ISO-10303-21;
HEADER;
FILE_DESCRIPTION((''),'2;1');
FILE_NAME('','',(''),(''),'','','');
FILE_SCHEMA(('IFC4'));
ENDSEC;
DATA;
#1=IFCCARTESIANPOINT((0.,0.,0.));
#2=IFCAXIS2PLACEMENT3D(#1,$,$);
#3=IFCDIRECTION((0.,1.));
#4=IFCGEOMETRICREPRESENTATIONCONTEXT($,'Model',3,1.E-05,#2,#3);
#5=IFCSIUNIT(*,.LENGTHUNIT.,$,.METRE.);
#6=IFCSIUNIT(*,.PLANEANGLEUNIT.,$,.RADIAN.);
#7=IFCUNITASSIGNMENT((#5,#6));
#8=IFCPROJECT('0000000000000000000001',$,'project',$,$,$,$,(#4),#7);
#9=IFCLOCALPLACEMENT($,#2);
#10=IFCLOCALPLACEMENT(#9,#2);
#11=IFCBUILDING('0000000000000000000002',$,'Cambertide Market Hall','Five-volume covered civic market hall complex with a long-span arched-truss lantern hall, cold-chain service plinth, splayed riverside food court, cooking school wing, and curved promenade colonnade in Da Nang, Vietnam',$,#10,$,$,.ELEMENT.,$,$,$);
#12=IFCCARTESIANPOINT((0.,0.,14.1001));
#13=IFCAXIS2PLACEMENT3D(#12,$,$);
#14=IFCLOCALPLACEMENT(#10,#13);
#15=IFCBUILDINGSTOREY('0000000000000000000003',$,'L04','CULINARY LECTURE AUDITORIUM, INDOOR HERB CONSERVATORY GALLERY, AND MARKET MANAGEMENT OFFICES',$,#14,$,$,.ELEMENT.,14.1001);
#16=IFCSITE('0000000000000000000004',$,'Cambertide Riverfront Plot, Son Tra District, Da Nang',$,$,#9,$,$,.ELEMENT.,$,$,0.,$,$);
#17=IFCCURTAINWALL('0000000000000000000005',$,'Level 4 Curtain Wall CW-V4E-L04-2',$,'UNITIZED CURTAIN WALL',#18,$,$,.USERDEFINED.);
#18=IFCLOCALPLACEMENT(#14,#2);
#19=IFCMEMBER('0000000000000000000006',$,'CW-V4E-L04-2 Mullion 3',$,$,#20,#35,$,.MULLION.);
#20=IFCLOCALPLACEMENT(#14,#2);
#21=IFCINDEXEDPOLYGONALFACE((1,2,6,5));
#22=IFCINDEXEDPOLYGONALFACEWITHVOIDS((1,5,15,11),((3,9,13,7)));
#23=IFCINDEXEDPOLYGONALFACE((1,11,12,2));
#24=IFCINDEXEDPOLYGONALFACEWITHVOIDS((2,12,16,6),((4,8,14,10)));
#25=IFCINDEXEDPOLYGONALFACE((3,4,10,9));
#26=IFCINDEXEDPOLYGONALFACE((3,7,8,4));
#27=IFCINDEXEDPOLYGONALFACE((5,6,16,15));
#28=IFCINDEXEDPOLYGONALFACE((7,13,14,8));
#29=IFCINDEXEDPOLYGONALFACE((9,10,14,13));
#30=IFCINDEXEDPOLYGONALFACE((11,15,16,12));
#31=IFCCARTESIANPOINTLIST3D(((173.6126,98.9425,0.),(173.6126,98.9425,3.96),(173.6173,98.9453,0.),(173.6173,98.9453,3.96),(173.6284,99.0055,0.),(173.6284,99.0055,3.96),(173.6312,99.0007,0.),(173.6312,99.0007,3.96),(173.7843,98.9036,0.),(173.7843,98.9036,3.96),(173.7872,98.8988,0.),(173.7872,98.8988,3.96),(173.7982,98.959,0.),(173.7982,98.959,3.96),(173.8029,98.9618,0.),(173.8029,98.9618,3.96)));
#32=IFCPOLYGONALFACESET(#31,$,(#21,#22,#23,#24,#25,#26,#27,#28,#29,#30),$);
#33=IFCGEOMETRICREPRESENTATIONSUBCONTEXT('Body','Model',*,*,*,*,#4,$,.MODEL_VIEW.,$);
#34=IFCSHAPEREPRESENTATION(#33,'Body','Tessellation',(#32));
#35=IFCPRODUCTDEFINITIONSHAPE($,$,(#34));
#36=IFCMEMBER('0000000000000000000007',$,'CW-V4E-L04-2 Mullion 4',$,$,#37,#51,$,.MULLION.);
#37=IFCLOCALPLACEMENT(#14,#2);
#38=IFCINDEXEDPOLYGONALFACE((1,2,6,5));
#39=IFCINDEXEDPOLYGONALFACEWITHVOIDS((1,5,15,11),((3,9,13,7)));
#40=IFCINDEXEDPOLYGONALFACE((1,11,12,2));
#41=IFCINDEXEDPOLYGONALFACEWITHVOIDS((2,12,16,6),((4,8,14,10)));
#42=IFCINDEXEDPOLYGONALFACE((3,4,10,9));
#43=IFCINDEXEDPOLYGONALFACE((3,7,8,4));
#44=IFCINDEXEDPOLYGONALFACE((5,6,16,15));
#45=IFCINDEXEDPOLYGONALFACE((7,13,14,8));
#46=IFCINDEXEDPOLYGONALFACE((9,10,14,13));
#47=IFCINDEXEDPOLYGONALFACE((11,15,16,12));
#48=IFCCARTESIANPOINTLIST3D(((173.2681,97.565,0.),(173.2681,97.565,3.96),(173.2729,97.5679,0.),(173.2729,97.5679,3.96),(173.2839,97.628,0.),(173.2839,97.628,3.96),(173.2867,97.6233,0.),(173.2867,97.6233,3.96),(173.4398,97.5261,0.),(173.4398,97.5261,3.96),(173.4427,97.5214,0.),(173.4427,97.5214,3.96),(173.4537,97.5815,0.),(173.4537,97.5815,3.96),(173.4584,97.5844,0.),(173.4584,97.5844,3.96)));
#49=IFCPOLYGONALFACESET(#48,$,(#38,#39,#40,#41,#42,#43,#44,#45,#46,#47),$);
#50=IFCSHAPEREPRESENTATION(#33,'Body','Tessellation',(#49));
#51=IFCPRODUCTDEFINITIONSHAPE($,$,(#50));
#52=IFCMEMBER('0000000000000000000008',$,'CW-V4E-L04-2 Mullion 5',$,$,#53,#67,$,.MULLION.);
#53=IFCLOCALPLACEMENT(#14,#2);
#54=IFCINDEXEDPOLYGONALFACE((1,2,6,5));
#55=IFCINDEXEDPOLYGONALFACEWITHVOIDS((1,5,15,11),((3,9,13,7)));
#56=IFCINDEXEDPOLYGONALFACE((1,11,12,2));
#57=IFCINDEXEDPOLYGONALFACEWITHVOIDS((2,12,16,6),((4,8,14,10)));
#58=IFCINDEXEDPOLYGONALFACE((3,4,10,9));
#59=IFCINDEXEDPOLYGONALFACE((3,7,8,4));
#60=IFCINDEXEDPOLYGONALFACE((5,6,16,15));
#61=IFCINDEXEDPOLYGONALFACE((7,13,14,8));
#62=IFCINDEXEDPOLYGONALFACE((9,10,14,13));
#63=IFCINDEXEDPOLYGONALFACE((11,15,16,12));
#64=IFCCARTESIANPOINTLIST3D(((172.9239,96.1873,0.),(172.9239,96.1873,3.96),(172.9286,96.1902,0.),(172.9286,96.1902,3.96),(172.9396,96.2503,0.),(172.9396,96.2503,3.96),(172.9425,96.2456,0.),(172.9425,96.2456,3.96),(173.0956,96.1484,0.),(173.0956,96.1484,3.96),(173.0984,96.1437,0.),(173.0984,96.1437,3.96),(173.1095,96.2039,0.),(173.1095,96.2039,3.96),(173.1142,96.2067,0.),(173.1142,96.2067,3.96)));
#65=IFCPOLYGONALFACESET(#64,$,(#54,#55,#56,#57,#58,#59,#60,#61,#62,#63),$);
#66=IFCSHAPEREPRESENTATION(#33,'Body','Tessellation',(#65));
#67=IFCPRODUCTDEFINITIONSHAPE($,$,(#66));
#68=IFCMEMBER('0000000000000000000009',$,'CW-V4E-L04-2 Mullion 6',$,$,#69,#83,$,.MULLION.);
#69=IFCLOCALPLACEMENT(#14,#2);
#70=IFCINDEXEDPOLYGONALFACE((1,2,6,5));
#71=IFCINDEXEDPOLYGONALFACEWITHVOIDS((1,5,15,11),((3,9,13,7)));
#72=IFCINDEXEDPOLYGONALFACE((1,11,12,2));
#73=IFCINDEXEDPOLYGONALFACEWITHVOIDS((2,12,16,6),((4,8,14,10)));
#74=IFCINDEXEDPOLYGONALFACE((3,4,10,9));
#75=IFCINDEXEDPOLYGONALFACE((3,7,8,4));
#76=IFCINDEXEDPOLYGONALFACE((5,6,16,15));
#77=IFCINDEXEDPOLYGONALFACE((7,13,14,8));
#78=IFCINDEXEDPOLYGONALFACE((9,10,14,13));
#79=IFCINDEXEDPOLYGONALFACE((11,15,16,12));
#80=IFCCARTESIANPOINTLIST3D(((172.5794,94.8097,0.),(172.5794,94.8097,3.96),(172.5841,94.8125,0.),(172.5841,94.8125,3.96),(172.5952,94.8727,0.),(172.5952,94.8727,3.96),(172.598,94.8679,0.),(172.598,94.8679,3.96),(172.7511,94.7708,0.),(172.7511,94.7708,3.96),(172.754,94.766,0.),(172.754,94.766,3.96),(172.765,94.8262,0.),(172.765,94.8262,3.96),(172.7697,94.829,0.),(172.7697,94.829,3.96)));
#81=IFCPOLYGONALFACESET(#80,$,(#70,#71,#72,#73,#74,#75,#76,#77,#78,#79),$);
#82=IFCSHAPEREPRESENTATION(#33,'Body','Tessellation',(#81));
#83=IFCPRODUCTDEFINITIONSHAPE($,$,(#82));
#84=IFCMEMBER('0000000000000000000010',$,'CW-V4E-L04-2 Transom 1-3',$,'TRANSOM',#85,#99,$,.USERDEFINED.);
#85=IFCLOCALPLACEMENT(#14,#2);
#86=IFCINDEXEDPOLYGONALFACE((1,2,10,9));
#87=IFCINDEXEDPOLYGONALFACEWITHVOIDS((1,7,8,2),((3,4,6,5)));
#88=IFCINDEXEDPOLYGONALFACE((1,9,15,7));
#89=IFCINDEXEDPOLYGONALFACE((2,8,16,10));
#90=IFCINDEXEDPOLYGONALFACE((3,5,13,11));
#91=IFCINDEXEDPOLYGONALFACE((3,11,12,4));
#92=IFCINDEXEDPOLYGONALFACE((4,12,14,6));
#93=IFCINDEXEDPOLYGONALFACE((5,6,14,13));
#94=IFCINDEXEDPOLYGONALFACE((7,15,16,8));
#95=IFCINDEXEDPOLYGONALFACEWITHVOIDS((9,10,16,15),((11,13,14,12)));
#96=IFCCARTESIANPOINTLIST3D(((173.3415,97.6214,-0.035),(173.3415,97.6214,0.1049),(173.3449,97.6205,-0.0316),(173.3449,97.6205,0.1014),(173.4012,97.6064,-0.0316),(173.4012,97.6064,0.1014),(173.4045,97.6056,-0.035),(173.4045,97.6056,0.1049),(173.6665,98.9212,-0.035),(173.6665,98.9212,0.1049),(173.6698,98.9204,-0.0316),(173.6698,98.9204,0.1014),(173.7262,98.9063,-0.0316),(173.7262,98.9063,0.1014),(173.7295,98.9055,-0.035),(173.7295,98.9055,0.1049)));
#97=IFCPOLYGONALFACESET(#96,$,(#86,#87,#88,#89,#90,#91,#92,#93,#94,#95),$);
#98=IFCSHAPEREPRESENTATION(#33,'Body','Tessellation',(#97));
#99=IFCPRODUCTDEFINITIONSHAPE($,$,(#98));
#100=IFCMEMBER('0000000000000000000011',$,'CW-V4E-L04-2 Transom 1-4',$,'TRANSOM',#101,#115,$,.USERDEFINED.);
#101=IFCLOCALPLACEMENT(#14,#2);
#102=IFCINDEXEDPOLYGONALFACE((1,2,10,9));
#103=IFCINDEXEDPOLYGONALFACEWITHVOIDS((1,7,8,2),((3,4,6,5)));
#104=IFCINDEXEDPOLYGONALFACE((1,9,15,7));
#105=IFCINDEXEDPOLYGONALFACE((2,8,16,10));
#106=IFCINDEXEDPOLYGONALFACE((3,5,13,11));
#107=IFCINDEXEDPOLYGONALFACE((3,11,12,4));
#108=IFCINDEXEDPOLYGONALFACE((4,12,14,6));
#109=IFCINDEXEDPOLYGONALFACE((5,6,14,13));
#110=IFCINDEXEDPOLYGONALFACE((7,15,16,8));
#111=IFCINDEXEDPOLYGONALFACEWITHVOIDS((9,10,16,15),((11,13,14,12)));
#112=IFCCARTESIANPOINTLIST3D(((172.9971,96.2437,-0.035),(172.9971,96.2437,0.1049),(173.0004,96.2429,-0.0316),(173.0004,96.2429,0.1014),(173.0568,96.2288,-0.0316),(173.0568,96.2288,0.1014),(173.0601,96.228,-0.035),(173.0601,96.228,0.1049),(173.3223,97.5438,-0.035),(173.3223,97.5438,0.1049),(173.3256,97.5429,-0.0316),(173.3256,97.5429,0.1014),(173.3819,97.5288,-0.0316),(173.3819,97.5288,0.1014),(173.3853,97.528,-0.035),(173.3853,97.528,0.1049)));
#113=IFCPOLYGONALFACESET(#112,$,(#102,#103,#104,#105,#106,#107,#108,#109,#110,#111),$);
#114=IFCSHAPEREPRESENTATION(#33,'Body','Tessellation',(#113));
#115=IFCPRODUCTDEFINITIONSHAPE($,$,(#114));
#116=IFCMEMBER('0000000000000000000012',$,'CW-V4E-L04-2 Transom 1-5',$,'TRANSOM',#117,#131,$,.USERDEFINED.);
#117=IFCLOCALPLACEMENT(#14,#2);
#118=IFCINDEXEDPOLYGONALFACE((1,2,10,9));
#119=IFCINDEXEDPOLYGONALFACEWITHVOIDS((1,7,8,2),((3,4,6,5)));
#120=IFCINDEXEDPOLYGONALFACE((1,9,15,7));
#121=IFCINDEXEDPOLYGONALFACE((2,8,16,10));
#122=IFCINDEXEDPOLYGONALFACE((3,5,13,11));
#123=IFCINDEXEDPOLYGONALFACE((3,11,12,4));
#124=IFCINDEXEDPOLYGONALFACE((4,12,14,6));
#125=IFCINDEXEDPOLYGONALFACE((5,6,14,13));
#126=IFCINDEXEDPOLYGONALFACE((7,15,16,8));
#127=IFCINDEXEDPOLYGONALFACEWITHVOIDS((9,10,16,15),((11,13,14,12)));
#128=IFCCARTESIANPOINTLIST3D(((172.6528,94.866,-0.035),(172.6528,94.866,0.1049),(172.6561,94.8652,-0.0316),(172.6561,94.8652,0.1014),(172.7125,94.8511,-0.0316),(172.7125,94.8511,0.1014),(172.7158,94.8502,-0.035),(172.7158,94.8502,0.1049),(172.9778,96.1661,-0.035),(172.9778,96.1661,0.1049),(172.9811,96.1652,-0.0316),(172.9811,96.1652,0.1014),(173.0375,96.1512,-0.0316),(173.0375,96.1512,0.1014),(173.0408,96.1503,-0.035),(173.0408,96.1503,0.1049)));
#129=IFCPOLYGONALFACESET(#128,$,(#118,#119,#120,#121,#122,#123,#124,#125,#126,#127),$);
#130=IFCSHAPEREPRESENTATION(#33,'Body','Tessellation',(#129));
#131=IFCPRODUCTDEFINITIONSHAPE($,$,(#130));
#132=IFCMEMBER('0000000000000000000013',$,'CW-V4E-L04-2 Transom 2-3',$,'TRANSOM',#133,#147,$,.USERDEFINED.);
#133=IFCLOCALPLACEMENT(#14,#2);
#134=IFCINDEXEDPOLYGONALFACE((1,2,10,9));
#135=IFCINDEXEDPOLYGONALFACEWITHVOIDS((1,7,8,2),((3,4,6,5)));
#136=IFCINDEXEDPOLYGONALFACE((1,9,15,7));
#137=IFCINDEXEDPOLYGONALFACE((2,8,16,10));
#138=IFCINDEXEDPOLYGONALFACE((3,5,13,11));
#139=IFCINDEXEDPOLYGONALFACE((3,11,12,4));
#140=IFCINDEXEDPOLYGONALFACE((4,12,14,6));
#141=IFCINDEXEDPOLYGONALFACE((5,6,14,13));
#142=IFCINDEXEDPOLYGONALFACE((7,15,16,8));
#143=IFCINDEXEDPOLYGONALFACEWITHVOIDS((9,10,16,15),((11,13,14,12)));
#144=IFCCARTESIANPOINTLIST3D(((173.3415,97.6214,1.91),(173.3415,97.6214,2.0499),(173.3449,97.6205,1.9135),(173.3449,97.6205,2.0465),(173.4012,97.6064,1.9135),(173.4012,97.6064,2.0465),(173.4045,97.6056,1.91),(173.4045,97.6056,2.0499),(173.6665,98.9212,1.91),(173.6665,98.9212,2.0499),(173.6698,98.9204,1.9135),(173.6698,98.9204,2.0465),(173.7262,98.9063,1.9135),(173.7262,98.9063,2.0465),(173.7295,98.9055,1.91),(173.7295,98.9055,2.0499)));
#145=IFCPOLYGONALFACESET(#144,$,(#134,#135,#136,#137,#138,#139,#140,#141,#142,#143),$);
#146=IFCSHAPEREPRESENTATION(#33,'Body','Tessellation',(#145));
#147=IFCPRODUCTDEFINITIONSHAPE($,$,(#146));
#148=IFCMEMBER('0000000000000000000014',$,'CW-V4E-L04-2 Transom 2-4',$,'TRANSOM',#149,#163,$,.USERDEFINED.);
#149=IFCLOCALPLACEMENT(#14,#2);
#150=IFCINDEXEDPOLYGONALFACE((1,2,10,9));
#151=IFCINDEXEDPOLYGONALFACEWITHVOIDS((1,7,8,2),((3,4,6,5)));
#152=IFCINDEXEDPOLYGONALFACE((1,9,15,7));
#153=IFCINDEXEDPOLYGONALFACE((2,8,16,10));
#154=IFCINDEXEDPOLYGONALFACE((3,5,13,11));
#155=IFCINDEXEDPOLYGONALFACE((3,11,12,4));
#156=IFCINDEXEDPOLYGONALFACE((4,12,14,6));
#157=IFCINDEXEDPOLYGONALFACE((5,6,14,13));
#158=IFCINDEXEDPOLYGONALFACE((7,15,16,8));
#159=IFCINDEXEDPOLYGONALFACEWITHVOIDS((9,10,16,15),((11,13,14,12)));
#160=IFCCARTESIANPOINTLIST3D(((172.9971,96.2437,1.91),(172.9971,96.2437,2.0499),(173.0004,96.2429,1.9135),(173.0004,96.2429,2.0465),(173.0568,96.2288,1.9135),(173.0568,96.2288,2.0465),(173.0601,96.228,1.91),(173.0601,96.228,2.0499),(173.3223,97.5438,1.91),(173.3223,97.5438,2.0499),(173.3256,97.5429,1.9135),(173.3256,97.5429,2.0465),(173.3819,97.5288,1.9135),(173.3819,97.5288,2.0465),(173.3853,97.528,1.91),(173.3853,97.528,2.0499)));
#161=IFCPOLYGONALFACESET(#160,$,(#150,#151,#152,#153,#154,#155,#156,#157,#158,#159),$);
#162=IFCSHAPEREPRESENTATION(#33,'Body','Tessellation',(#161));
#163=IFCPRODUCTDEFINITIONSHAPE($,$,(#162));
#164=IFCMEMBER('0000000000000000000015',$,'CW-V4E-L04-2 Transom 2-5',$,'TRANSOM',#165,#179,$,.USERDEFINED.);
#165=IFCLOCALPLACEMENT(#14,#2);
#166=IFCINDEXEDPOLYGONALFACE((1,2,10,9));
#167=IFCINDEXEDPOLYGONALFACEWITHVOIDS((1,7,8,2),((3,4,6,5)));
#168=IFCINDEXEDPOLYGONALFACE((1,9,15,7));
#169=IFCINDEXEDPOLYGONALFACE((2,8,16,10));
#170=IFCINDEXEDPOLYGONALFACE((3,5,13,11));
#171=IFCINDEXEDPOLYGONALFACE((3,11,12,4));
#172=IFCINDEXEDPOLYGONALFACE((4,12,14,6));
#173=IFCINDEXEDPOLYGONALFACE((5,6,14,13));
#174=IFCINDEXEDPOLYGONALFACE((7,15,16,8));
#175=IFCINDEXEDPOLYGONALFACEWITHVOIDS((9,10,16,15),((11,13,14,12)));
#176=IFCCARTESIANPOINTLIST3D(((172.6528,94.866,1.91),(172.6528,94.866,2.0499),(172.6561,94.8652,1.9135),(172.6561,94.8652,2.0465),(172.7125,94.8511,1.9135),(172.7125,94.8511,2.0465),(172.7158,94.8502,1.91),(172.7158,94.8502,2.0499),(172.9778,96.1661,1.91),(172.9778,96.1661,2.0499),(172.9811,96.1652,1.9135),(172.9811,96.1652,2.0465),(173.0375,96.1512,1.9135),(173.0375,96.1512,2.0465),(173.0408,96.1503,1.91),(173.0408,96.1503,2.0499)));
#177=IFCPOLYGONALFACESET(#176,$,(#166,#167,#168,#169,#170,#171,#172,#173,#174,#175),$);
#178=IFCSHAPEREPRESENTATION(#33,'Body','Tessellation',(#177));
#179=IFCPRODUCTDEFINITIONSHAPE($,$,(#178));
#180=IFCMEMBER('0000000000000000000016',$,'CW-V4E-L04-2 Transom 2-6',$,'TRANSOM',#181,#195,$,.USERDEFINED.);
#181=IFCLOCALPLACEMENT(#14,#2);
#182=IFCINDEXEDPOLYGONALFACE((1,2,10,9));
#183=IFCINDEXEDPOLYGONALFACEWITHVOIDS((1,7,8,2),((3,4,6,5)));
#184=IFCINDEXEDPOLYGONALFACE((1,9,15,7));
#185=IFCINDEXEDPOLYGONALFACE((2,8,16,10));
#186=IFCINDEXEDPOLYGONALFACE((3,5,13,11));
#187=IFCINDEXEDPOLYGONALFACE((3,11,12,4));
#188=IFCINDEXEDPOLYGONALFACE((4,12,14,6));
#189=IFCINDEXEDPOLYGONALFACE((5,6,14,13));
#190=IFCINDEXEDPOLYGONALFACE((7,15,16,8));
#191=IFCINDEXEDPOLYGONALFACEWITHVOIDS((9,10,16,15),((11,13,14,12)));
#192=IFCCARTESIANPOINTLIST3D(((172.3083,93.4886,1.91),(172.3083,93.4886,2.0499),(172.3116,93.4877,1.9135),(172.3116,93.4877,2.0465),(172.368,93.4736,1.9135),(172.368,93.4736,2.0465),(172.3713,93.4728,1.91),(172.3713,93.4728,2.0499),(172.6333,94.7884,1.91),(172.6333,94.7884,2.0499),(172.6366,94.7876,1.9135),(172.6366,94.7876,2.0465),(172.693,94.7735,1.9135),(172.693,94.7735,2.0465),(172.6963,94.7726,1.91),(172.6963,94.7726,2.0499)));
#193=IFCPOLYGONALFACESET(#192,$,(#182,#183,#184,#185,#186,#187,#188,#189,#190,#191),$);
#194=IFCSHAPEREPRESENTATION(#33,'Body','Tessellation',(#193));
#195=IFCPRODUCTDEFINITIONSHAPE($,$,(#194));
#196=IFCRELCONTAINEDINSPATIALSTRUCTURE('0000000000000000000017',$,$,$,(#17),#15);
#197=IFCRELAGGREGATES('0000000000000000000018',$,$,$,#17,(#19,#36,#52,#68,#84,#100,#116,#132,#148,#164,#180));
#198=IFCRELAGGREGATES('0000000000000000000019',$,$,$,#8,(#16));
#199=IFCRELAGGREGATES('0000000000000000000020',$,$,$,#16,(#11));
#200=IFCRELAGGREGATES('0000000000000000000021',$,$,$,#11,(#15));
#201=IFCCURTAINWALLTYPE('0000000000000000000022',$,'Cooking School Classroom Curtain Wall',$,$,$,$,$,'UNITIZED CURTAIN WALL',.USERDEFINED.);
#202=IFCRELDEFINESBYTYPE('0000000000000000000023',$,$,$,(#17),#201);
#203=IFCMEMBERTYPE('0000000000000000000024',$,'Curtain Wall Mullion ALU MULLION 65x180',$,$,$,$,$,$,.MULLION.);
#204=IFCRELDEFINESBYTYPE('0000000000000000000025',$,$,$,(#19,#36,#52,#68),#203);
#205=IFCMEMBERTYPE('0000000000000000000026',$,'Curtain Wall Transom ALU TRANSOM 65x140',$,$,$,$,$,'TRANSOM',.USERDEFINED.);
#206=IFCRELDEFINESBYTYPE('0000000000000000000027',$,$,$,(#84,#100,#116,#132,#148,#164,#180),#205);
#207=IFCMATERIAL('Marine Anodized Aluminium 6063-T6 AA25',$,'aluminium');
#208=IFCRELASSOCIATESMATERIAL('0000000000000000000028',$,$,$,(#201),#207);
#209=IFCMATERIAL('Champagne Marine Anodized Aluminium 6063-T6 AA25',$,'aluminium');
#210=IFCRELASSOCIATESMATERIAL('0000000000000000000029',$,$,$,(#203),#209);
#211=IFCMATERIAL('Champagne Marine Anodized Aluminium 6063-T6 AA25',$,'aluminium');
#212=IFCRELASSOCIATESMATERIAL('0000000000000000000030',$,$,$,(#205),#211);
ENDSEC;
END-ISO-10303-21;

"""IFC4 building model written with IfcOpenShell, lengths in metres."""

from ifc_helpers import new_model, si_unit, direction, frame, origin, origin_2d, place, context, subcontext, project, spatial, hollow_rectangle, extrude, material, material_profile, profile_set, type_object, element, aggregate, save


model = new_model("IFC4")

# Units and contexts
model_context = context("Model", 3, precision=1e-05, world=origin(), true_north=direction((0.0, 1.0)))
body_context = subcontext(model_context, "Body", "Model", "MODEL_VIEW")
ifc_project = project(units=[si_unit("LENGTHUNIT", "METRE"), si_unit("PLANEANGLEUNIT", "RADIAN")], contexts=[model_context])

# Site, building, storey
site_placement = place(None, origin())
site = spatial("IfcSite", under=ifc_project, at=site_placement, Name="Cambertide Riverfront Plot, Son Tra District, Da Nang", CompositionType="ELEMENT", RefElevation=0.0)
building_placement = place(site_placement, origin())
building = spatial("IfcBuilding", under=site, at=building_placement, Name="Cambertide Market Hall", Description="Five-volume covered civic market hall complex with a long-span arched-truss lantern hall, cold-chain service plinth, splayed riverside food court, cooking school wing, and curved promenade colonnade in Da Nang, Vietnam", CompositionType="ELEMENT")
storey_placement = place(building_placement, frame((0.0, 0.0, 14.1001)))
storey = spatial("IfcBuildingStorey", under=building, at=storey_placement, Name="L04", Description="CULINARY LECTURE AUDITORIUM, INDOOR HERB CONSERVATORY GALLERY, AND MARKET MANAGEMENT OFFICES", CompositionType="ELEMENT", Elevation=14.1001)

# Curtain wall, members
ifc_material_1 = material(Name="Marine Anodized Aluminium 6063-T6 AA25", Category="aluminium")
curtain_wall_type = type_object("IfcCurtainWallType", Name="Cooking School Classroom Curtain Wall", ElementType="UNITIZED CURTAIN WALL", PredefinedType="USERDEFINED", material=ifc_material_1)
curtain_wall_placement = place(storey_placement, origin())
curtain_wall = element("IfcCurtainWall", 1, at=curtain_wall_placement, inside=storey, type_object=curtain_wall_type, Name="Level 4 Curtain Wall CW-V4E-L04-2", ObjectType="UNITIZED CURTAIN WALL", PredefinedType="USERDEFINED")
ifc_material_2 = material(Name="Champagne Marine Anodized Aluminium 6063-T6 AA25", Category="aluminium")
ifc_material_profile_1 = material_profile(ifc_material_2, hollow_rectangle(XDim=0.0649, YDim=0.1799, WallThickness=0.0039, at=origin_2d()), Name="ALU MULLION 65x180")
ifc_profile_set_1 = profile_set([ifc_material_profile_1], Name="Champagne Marine Anodized Aluminium 6063-T6 AA25")
member_type_1 = type_object("IfcMemberType", Name="Curtain Wall Mullion ALU MULLION 65x180", PredefinedType="MULLION", material=ifc_profile_set_1)
member_1_placement = place(storey_placement, frame((173.7078, 98.9521, 0.0), z_axis=(0.0, 0.0, 1.0), x_axis=(-0.242536, -0.970142, 0.0)))
member_1 = element("IfcMember", 2, at=member_1_placement, type_object=member_type_1, Name="CW-V4E-L04-2 Mullion 3", PredefinedType="MULLION", context=body_context, shape_type="SweptSolid", body=[
    extrude(hollow_rectangle(XDim=0.0649, YDim=0.1799, WallThickness=0.0039, at=origin_2d()), origin(), (0.0, 0.0, 1.0), 3.96),
])
member_2_placement = place(storey_placement, frame((173.3633, 97.5747, 0.0), z_axis=(0.0, 0.0, 1.0), x_axis=(-0.242536, -0.970142, 0.0)))
member_2 = element("IfcMember", 3, at=member_2_placement, type_object=member_type_1, Name="CW-V4E-L04-2 Mullion 4", PredefinedType="MULLION", context=body_context, shape_type="SweptSolid", body=[
    extrude(hollow_rectangle(XDim=0.0649, YDim=0.1799, WallThickness=0.0039, at=origin_2d()), origin(), (0.0, 0.0, 1.0), 3.96),
])
member_3_placement = place(storey_placement, frame((173.019, 96.197, 0.0), z_axis=(0.0, 0.0, 1.0), x_axis=(-0.242536, -0.970142, 0.0)))
member_3 = element("IfcMember", 4, at=member_3_placement, type_object=member_type_1, Name="CW-V4E-L04-2 Mullion 5", PredefinedType="MULLION", context=body_context, shape_type="SweptSolid", body=[
    extrude(hollow_rectangle(XDim=0.0649, YDim=0.1799, WallThickness=0.0039, at=origin_2d()), origin(), (0.0, 0.0, 1.0), 3.96),
])
member_4_placement = place(storey_placement, frame((172.6746, 94.8193, 0.0), z_axis=(0.0, 0.0, 1.0), x_axis=(-0.242536, -0.970142, 0.0)))
member_4 = element("IfcMember", 5, at=member_4_placement, type_object=member_type_1, Name="CW-V4E-L04-2 Mullion 6", PredefinedType="MULLION", context=body_context, shape_type="SweptSolid", body=[
    extrude(hollow_rectangle(XDim=0.0649, YDim=0.1799, WallThickness=0.0039, at=origin_2d()), origin(), (0.0, 0.0, 1.0), 3.96),
])
ifc_material_3 = material(Name="Champagne Marine Anodized Aluminium 6063-T6 AA25", Category="aluminium")
ifc_material_profile_2 = material_profile(ifc_material_3, hollow_rectangle(XDim=0.0649, YDim=0.1399, WallThickness=0.0034, at=origin_2d()), Name="ALU TRANSOM 65x140")
ifc_profile_set_2 = profile_set([ifc_material_profile_2], Name="Champagne Marine Anodized Aluminium 6063-T6 AA25")
member_type_2 = type_object("IfcMemberType", Name="Curtain Wall Transom ALU TRANSOM 65x140", ElementType="TRANSOM", PredefinedType="USERDEFINED", material=ifc_profile_set_2)
member_5_placement = place(storey_placement, frame((173.698, 98.9133, 0.0349), z_axis=(-0.242536, -0.970143, 0.0), x_axis=(0.970143, -0.242536, 0.0)))
member_5 = element("IfcMember", 6, at=member_5_placement, type_object=member_type_2, Name="CW-V4E-L04-2 Transom 1-3", ObjectType="TRANSOM", PredefinedType="USERDEFINED", context=body_context, shape_type="SweptSolid", body=[
    extrude(hollow_rectangle(XDim=0.0649, YDim=0.1399, WallThickness=0.0034, at=origin_2d()), origin(), (0.0, 0.0, 1.0), 1.3398),
])
member_6_placement = place(storey_placement, frame((173.3538, 97.5359, 0.0349), z_axis=(-0.242664, -0.97011, 0.0), x_axis=(0.97011, -0.242664, 0.0)))
member_6 = element("IfcMember", 7, at=member_6_placement, type_object=member_type_2, Name="CW-V4E-L04-2 Transom 1-4", ObjectType="TRANSOM", PredefinedType="USERDEFINED", context=body_context, shape_type="SweptSolid", body=[
    extrude(hollow_rectangle(XDim=0.0649, YDim=0.1399, WallThickness=0.0034, at=origin_2d()), origin(), (0.0, 0.0, 1.0), 1.3401),
])
member_7_placement = place(storey_placement, frame((173.0093, 96.1582, 0.0349), z_axis=(-0.242493, -0.970153, 0.0), x_axis=(0.970153, -0.242493, 0.0)))
member_7 = element("IfcMember", 8, at=member_7_placement, type_object=member_type_2, Name="CW-V4E-L04-2 Transom 1-5", ObjectType="TRANSOM", PredefinedType="USERDEFINED", context=body_context, shape_type="SweptSolid", body=[
    extrude(hollow_rectangle(XDim=0.0649, YDim=0.1399, WallThickness=0.0034, at=origin_2d()), origin(), (0.0, 0.0, 1.0), 1.3401),
])
member_8_placement = place(storey_placement, frame((173.698, 98.9133, 1.98), z_axis=(-0.242536, -0.970143, 0.0), x_axis=(0.970143, -0.242536, 0.0)))
member_8 = element("IfcMember", 9, at=member_8_placement, type_object=member_type_2, Name="CW-V4E-L04-2 Transom 2-3", ObjectType="TRANSOM", PredefinedType="USERDEFINED", context=body_context, shape_type="SweptSolid", body=[
    extrude(hollow_rectangle(XDim=0.0649, YDim=0.1399, WallThickness=0.0034, at=origin_2d()), origin(), (0.0, 0.0, 1.0), 1.3398),
])
member_9_placement = place(storey_placement, frame((173.3538, 97.5359, 1.98), z_axis=(-0.242664, -0.97011, 0.0), x_axis=(0.97011, -0.242664, 0.0)))
member_9 = element("IfcMember", 10, at=member_9_placement, type_object=member_type_2, Name="CW-V4E-L04-2 Transom 2-4", ObjectType="TRANSOM", PredefinedType="USERDEFINED", context=body_context, shape_type="SweptSolid", body=[
    extrude(hollow_rectangle(XDim=0.0649, YDim=0.1399, WallThickness=0.0034, at=origin_2d()), origin(), (0.0, 0.0, 1.0), 1.3401),
])
member_10_placement = place(storey_placement, frame((173.0093, 96.1582, 1.98), z_axis=(-0.242493, -0.970153, 0.0), x_axis=(0.970153, -0.242493, 0.0)))
member_10 = element("IfcMember", 11, at=member_10_placement, type_object=member_type_2, Name="CW-V4E-L04-2 Transom 2-5", ObjectType="TRANSOM", PredefinedType="USERDEFINED", context=body_context, shape_type="SweptSolid", body=[
    extrude(hollow_rectangle(XDim=0.0649, YDim=0.1399, WallThickness=0.0034, at=origin_2d()), origin(), (0.0, 0.0, 1.0), 1.3401),
])
member_11_placement = place(storey_placement, frame((172.6648, 94.7805, 1.98), z_axis=(-0.242536, -0.970143, 0.0), x_axis=(0.970143, -0.242536, 0.0)))
member_11 = element("IfcMember", 12, at=member_11_placement, type_object=member_type_2, Name="CW-V4E-L04-2 Transom 2-6", ObjectType="TRANSOM", PredefinedType="USERDEFINED", context=body_context, shape_type="SweptSolid", body=[
    extrude(hollow_rectangle(XDim=0.0649, YDim=0.1399, WallThickness=0.0034, at=origin_2d()), origin(), (0.0, 0.0, 1.0), 1.3398),
])
aggregate(curtain_wall, [member_1, member_2, member_3, member_4, member_5, member_6, member_7, member_8, member_9, member_10, member_11])

save(model, "model.ifc")
